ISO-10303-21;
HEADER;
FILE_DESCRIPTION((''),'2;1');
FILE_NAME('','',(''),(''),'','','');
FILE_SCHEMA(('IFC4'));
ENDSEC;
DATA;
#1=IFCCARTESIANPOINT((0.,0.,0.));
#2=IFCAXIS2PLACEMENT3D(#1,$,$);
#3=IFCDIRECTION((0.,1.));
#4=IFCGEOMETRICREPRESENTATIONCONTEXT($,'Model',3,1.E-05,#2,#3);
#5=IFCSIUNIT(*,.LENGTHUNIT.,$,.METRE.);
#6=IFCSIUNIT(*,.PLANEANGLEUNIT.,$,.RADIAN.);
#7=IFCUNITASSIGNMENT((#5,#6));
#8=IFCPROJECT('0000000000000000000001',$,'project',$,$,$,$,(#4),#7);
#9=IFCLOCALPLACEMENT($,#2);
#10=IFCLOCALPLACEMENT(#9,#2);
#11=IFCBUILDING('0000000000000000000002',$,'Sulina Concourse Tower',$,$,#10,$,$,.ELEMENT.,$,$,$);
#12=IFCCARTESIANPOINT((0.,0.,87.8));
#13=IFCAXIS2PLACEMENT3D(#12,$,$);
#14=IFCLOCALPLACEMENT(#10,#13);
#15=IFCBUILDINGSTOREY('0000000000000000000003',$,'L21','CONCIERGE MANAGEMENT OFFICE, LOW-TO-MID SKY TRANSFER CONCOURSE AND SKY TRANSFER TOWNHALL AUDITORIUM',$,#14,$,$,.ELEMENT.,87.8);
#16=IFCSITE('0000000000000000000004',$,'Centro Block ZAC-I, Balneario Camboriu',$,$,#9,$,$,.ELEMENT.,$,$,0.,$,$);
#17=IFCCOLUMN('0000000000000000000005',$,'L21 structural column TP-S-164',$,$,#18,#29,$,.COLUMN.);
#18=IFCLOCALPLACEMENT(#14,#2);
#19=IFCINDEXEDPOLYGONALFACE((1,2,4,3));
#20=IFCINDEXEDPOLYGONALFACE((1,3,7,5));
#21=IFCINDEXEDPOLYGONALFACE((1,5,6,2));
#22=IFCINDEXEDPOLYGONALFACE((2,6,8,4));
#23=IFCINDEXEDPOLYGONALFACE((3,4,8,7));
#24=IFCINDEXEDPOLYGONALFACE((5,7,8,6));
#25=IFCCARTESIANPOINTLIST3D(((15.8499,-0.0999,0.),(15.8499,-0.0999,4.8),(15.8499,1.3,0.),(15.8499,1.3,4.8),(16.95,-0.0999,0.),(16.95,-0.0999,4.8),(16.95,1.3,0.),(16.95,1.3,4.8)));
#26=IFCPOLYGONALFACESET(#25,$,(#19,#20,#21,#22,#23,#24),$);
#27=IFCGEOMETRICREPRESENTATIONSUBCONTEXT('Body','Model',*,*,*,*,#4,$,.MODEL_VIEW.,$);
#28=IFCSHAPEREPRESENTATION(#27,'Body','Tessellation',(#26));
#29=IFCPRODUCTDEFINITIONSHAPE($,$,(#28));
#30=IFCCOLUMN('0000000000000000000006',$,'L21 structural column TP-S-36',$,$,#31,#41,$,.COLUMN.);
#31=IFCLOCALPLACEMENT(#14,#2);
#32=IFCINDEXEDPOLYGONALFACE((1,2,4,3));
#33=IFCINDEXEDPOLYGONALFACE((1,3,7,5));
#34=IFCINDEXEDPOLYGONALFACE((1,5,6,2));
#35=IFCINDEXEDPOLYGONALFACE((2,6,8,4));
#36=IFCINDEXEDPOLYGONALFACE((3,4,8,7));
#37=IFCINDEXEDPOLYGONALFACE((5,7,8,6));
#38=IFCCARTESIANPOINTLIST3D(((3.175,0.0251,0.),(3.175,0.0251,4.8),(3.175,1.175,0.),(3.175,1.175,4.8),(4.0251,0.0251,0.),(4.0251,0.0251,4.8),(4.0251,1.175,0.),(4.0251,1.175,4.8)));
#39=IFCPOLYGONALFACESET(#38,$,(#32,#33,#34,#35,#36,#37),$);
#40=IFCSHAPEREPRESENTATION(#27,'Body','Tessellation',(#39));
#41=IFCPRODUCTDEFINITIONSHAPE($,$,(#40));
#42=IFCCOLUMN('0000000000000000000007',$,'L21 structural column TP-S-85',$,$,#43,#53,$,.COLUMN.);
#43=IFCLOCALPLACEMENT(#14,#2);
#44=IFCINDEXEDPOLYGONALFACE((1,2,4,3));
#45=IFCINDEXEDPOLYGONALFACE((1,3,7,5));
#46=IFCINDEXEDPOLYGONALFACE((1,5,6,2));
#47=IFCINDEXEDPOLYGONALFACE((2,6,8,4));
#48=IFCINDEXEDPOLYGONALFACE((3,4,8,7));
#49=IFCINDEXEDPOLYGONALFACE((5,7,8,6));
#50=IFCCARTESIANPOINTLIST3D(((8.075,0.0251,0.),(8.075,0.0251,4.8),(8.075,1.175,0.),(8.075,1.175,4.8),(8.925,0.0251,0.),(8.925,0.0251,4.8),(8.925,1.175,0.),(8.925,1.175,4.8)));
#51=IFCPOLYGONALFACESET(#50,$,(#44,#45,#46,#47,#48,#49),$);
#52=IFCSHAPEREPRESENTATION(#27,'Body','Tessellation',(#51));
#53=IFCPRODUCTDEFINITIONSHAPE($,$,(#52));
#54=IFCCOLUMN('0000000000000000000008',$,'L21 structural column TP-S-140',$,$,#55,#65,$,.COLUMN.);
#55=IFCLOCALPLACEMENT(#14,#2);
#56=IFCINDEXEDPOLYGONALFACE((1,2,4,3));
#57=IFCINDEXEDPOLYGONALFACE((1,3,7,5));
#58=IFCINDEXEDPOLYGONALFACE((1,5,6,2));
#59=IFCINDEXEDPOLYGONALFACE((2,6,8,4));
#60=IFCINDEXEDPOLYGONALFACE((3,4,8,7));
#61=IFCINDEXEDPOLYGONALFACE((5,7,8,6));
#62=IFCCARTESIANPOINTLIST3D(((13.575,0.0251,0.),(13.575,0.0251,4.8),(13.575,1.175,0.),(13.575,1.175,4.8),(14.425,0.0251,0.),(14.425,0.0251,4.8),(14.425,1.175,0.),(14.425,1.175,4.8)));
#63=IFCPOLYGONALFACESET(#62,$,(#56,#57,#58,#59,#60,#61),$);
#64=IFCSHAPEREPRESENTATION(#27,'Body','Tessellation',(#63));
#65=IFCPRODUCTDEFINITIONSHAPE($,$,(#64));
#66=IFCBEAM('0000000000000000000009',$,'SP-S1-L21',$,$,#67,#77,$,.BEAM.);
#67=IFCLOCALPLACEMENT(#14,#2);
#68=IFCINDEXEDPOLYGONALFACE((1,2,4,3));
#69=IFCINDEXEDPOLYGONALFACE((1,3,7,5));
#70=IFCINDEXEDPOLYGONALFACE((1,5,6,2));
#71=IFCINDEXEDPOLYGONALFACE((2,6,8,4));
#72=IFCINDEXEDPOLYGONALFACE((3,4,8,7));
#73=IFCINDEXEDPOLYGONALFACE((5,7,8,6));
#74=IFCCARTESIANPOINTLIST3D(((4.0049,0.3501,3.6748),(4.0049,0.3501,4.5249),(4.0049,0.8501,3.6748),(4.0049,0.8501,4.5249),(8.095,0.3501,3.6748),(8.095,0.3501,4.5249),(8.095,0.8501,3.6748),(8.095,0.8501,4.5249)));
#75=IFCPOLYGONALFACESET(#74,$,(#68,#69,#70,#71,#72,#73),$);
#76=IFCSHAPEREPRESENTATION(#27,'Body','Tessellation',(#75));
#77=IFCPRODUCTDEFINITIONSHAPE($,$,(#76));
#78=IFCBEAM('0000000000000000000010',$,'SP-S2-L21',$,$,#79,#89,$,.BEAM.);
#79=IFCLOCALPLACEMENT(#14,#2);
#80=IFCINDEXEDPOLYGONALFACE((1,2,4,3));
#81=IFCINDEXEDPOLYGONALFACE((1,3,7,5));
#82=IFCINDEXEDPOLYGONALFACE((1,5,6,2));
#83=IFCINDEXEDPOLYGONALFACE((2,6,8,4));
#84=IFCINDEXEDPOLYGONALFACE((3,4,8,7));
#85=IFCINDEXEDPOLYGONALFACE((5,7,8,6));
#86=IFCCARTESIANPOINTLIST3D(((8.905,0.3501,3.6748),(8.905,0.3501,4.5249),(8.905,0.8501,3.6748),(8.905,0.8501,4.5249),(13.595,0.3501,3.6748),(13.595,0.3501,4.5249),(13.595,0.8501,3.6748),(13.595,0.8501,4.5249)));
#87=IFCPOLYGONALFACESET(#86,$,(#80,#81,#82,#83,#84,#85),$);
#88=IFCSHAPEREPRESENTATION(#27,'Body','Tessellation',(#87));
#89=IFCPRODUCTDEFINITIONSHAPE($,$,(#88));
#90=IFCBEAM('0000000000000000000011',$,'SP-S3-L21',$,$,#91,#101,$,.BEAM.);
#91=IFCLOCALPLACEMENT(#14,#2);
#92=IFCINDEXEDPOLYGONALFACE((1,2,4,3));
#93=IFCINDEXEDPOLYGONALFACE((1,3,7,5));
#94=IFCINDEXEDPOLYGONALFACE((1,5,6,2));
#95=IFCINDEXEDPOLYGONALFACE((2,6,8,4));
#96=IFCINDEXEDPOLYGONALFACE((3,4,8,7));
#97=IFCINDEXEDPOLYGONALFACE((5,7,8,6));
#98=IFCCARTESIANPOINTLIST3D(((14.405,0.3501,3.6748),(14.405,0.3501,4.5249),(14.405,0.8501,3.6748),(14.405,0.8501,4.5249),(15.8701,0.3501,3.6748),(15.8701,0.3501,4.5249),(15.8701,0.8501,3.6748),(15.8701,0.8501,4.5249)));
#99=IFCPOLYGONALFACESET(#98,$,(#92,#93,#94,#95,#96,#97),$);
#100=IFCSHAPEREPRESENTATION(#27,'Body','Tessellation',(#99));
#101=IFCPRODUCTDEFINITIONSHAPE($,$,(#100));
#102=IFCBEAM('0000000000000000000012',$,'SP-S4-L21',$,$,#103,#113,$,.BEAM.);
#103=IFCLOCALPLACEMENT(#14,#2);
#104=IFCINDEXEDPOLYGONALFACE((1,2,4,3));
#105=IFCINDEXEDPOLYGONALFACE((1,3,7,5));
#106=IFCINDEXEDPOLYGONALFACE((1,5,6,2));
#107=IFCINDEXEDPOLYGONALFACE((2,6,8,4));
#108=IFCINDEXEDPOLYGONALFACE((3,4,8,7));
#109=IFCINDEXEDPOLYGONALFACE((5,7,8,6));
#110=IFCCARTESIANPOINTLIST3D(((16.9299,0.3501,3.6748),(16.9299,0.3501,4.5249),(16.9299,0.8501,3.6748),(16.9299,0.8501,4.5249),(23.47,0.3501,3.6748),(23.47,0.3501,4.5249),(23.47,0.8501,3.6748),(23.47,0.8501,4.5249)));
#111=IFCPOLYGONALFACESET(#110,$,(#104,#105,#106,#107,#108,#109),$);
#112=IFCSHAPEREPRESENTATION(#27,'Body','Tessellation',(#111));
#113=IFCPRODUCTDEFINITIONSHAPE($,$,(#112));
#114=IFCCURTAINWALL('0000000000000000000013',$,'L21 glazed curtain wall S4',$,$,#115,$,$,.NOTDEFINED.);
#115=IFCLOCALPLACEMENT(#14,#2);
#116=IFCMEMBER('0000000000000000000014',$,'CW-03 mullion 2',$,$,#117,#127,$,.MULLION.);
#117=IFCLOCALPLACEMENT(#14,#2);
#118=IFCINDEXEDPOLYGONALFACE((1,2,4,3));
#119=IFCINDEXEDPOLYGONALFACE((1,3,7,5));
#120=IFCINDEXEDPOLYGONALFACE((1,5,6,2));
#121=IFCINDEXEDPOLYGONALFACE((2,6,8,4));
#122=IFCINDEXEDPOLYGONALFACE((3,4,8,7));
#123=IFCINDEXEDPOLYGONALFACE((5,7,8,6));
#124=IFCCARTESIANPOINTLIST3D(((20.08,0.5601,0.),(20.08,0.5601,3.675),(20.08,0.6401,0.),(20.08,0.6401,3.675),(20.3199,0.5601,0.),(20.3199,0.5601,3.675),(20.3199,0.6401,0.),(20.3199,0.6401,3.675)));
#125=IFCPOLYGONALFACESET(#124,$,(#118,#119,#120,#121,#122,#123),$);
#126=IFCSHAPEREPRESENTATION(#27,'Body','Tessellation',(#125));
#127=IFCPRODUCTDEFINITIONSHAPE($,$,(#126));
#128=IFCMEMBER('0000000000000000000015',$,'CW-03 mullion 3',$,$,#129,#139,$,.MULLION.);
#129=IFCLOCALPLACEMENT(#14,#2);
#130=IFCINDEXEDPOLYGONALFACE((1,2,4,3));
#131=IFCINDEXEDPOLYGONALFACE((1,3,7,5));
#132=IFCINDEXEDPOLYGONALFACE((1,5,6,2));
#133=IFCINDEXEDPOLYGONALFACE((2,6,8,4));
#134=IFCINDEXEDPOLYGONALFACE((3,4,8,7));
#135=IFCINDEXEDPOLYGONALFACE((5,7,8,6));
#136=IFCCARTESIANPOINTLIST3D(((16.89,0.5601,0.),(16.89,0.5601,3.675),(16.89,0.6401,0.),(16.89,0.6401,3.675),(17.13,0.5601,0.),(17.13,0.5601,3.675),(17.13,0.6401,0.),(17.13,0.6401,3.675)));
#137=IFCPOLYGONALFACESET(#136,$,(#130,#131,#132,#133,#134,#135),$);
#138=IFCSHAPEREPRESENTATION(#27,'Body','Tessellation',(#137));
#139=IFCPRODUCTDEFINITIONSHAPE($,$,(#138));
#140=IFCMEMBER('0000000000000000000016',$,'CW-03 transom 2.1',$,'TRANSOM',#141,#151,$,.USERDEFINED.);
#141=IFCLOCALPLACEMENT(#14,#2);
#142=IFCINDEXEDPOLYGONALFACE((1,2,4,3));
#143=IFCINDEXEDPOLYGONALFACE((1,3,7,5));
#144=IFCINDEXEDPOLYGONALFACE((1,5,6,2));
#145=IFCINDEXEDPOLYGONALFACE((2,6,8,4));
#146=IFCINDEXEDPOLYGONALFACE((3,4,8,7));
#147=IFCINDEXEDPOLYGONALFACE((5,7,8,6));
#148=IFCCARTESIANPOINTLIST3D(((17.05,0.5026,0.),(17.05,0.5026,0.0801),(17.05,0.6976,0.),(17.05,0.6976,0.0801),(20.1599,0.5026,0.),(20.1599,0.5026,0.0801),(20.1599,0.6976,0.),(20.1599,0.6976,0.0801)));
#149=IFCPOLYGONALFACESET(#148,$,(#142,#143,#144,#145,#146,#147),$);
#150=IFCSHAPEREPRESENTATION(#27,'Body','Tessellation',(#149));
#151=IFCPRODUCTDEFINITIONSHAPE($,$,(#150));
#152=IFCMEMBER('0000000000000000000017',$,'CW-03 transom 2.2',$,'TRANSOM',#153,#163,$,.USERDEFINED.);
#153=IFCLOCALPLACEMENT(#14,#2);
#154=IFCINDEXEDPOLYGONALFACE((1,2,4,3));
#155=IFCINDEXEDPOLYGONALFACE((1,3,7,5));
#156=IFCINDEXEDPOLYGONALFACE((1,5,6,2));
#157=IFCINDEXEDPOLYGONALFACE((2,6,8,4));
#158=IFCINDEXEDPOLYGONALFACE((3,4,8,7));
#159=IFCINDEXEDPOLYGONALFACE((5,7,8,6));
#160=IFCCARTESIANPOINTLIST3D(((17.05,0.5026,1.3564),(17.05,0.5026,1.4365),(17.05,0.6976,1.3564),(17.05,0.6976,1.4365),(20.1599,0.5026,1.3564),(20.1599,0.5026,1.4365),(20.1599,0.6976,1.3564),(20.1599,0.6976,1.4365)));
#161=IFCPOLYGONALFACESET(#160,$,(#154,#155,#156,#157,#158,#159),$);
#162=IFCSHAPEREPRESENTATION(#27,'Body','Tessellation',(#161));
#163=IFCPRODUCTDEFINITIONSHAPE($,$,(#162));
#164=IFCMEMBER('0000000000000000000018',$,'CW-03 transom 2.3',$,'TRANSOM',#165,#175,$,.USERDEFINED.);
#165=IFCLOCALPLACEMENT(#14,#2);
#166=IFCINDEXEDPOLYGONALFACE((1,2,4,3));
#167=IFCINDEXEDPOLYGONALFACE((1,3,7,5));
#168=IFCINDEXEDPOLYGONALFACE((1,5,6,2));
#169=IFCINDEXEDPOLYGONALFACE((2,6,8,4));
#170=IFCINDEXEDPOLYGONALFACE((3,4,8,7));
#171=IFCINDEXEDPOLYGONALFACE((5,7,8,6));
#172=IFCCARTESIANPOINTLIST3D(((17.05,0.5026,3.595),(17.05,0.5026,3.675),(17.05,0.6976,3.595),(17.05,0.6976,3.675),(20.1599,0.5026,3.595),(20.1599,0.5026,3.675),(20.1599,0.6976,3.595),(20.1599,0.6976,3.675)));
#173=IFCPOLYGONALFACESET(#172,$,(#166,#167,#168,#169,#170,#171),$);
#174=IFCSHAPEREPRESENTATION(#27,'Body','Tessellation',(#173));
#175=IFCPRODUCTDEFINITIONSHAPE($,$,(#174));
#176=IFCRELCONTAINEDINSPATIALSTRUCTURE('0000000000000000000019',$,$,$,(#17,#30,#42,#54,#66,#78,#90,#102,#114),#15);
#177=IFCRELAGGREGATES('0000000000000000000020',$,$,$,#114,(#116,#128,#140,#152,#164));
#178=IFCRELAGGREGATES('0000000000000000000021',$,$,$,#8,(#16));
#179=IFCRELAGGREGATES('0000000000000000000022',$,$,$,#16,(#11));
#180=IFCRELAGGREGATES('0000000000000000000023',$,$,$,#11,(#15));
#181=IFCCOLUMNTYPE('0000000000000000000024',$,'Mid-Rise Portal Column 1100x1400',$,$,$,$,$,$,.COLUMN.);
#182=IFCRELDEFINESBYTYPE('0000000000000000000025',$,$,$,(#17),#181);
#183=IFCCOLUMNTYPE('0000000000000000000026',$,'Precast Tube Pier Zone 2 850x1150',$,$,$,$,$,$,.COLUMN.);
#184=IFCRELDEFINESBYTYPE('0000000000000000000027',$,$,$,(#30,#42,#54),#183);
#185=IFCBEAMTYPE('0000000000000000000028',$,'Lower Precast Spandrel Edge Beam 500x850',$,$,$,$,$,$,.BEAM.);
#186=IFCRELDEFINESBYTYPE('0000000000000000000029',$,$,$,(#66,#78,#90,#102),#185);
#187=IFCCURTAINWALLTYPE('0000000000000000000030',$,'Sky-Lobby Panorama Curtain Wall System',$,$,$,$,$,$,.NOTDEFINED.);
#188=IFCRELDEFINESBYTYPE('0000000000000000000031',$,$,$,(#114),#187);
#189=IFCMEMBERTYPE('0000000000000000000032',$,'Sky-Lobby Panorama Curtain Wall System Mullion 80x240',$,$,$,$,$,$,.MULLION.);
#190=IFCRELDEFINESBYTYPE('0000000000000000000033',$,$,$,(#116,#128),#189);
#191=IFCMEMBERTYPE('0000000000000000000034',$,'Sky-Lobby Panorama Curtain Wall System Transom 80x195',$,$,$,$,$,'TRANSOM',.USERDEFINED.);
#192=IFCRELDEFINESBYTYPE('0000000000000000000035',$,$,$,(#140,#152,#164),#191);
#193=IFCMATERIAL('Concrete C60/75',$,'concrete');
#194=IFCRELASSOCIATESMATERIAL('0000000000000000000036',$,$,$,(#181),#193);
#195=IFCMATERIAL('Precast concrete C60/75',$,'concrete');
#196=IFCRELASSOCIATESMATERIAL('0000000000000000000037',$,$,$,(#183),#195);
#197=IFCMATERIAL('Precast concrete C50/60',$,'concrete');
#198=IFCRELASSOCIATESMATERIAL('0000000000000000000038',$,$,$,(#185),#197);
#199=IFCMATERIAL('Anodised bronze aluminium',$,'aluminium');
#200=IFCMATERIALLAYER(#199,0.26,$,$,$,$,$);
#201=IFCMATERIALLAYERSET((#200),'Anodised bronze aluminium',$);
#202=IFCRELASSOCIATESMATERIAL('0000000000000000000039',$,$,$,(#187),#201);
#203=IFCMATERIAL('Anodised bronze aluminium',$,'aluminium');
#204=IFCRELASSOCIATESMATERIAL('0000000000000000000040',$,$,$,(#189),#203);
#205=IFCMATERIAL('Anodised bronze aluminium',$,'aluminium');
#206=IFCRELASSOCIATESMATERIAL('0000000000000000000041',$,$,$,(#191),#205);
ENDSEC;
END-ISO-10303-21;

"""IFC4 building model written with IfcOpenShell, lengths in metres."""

from ifc_helpers import new_model, si_unit, direction, frame, origin, origin_2d, place, context, subcontext, project, spatial, rectangle, extrude, material, layer, layer_set, material_profile, profile_set, type_object, element, aggregate, save


model = new_model("IFC4")

# Units and contexts
model_context = context("Model", 3, precision=1e-05, world=origin(), true_north=direction((0.0, 1.0)))
body_context = subcontext(model_context, "Body", "Model", "MODEL_VIEW")
ifc_project = project(units=[si_unit("LENGTHUNIT", "METRE"), si_unit("PLANEANGLEUNIT", "RADIAN")], contexts=[model_context])

# Site, building, storey
site_placement = place(None, origin())
site = spatial("IfcSite", under=ifc_project, at=site_placement, Name="Centro Block ZAC-I, Balneario Camboriu", CompositionType="ELEMENT", RefElevation=0.0)
building_placement = place(site_placement, origin())
building = spatial("IfcBuilding", under=site, at=building_placement, Name="Sulina Concourse Tower", CompositionType="ELEMENT")
storey_placement = place(building_placement, frame((0.0, 0.0, 87.8)))
storey = spatial("IfcBuildingStorey", under=building, at=storey_placement, Name="L21", Description="CONCIERGE MANAGEMENT OFFICE, LOW-TO-MID SKY TRANSFER CONCOURSE AND SKY TRANSFER TOWNHALL AUDITORIUM", CompositionType="ELEMENT", Elevation=87.8)

# Columns
ifc_material_1 = material(Name="Concrete C60/75", Category="concrete")
ifc_material_profile_1 = material_profile(ifc_material_1, rectangle(XDim=1.1001, YDim=1.3999, at=origin_2d()), Name="RC 1100x1400")
ifc_profile_set_1 = profile_set([ifc_material_profile_1], Name="Concrete C60/75")
column_type_1 = type_object("IfcColumnType", Name="Mid-Rise Portal Column 1100x1400", PredefinedType="COLUMN", material=ifc_profile_set_1)
column_placement = place(storey_placement, frame((16.3999, 0.6001, 0.0), z_axis=(0.0, 0.0, 1.0), x_axis=(1.0, 0.0, 0.0)))
element("IfcColumn", 1, at=column_placement, inside=storey, type_object=column_type_1, Name="L21 structural column TP-S-164", PredefinedType="COLUMN", context=body_context, shape_type="SweptSolid", body=[
    extrude(rectangle(XDim=1.1001, YDim=1.3999, at=origin_2d()), origin(), (0.0, 0.0, 1.0), 4.8),
])
ifc_material_2 = material(Name="Precast concrete C60/75", Category="concrete")
ifc_material_profile_2 = material_profile(ifc_material_2, rectangle(XDim=0.8501, YDim=1.1499, at=origin_2d()), Name="PC 850x1150")
ifc_profile_set_2 = profile_set([ifc_material_profile_2], Name="Precast concrete C60/75")
column_type_2 = type_object("IfcColumnType", Name="Precast Tube Pier Zone 2 850x1150", PredefinedType="COLUMN", material=ifc_profile_set_2)
for number, where, z_axis, x_axis, name in (
    (2, (3.6001, 0.6001, 0.0), (0.0, 0.0, 1.0), (1.0, 0.0, 0.0), "L21 structural column TP-S-36"),
    (3, (8.5, 0.6001, 0.0), (0.0, 0.0, 1.0), (1.0, 0.0, 0.0), "L21 structural column TP-S-85"),
    (4, (14.0, 0.6001, 0.0), (0.0, 0.0, 1.0), (1.0, 0.0, 0.0), "L21 structural column TP-S-140"),
):
    element("IfcColumn", number, at=place(storey_placement, frame(where, z_axis=z_axis, x_axis=x_axis)), inside=storey, type_object=column_type_2, Name=name, PredefinedType="COLUMN", context=body_context, shape_type="SweptSolid", body=[
        extrude(rectangle(XDim=0.8501, YDim=1.1499, at=origin_2d()), origin(), (0.0, 0.0, 1.0), 4.8),
    ])

# Beams
ifc_material_3 = material(Name="Precast concrete C50/60", Category="concrete")
ifc_material_profile_3 = material_profile(ifc_material_3, rectangle(XDim=0.5, YDim=0.8501, at=origin_2d()), Name="RC 500x850")
ifc_profile_set_3 = profile_set([ifc_material_profile_3], Name="Precast concrete C50/60")
beam_type = type_object("IfcBeamType", Name="Lower Precast Spandrel Edge Beam 500x850", PredefinedType="BEAM", material=ifc_profile_set_3)
beam_1_placement = place(storey_placement, frame((4.0049, 0.6001, 4.0999), z_axis=(1.0, 0.0, 0.0), x_axis=(0.0, 1.0, 0.0)))
element("IfcBeam", 5, at=beam_1_placement, inside=storey, type_object=beam_type, Name="SP-S1-L21", PredefinedType="BEAM", context=body_context, shape_type="SweptSolid", body=[
    extrude(rectangle(XDim=0.5, YDim=0.8501, at=origin_2d()), origin(), (0.0, 0.0, 1.0), 4.0901),
])
beam_2_placement = place(storey_placement, frame((8.905, 0.6001, 4.0999), z_axis=(1.0, 0.0, 0.0), x_axis=(0.0, 1.0, 0.0)))
element("IfcBeam", 6, at=beam_2_placement, inside=storey, type_object=beam_type, Name="SP-S2-L21", PredefinedType="BEAM", context=body_context, shape_type="SweptSolid", body=[
    extrude(rectangle(XDim=0.5, YDim=0.8501, at=origin_2d()), origin(), (0.0, 0.0, 1.0), 4.6899),
])
beam_3_placement = place(storey_placement, frame((14.405, 0.6001, 4.0999), z_axis=(1.0, 0.0, 0.0), x_axis=(0.0, 1.0, 0.0)))
element("IfcBeam", 7, at=beam_3_placement, inside=storey, type_object=beam_type, Name="SP-S3-L21", PredefinedType="BEAM", context=body_context, shape_type="SweptSolid", body=[
    extrude(rectangle(XDim=0.5, YDim=0.8501, at=origin_2d()), origin(), (0.0, 0.0, 1.0), 1.4651),
])
beam_4_placement = place(storey_placement, frame((16.9299, 0.6001, 4.0999), z_axis=(1.0, 0.0, 0.0), x_axis=(0.0, 1.0, 0.0)))
element("IfcBeam", 8, at=beam_4_placement, inside=storey, type_object=beam_type, Name="SP-S4-L21", PredefinedType="BEAM", context=body_context, shape_type="SweptSolid", body=[
    extrude(rectangle(XDim=0.5, YDim=0.8501, at=origin_2d()), origin(), (0.0, 0.0, 1.0), 6.54),
])

# Curtain wall, members
ifc_material_4 = material(Name="Anodised bronze aluminium", Category="aluminium")
ifc_layer_1 = layer(ifc_material_4, 0.26)
ifc_layer_set_1 = layer_set([ifc_layer_1], Name="Anodised bronze aluminium")
curtain_wall_type = type_object("IfcCurtainWallType", Name="Sky-Lobby Panorama Curtain Wall System", PredefinedType="NOTDEFINED", material=ifc_layer_set_1)
curtain_wall_placement = place(storey_placement, origin())
curtain_wall = element("IfcCurtainWall", 9, at=curtain_wall_placement, inside=storey, type_object=curtain_wall_type, Name="L21 glazed curtain wall S4", PredefinedType="NOTDEFINED")
ifc_material_5 = material(Name="Anodised bronze aluminium", Category="aluminium")
ifc_material_profile_4 = material_profile(ifc_material_5, rectangle(XDim=0.0801, YDim=0.24, at=origin_2d()), Name="MUL 80x240")
ifc_profile_set_4 = profile_set([ifc_material_profile_4], Name="Anodised bronze aluminium")
member_type_1 = type_object("IfcMemberType", Name="Sky-Lobby Panorama Curtain Wall System Mullion 80x240", PredefinedType="MULLION", material=ifc_profile_set_4)
member_1_placement = place(storey_placement, frame((20.2, 0.6001, 0.0), z_axis=(0.0, 0.0, 1.0), x_axis=(0.0, -1.0, 0.0)))
member_1 = element("IfcMember", 10, at=member_1_placement, type_object=member_type_1, Name="CW-03 mullion 2", PredefinedType="MULLION", context=body_context, shape_type="SweptSolid", body=[
    extrude(rectangle(XDim=0.0801, YDim=0.24, at=origin_2d()), origin(), (0.0, 0.0, 1.0), 3.675),
])
member_2_placement = place(storey_placement, frame((17.01, 0.6001, 0.0), z_axis=(0.0, 0.0, 1.0), x_axis=(0.0, -1.0, 0.0)))
member_2 = element("IfcMember", 11, at=member_2_placement, type_object=member_type_1, Name="CW-03 mullion 3", PredefinedType="MULLION", context=body_context, shape_type="SweptSolid", body=[
    extrude(rectangle(XDim=0.0801, YDim=0.24, at=origin_2d()), origin(), (0.0, 0.0, 1.0), 3.675),
])
ifc_material_6 = material(Name="Anodised bronze aluminium", Category="aluminium")
ifc_material_profile_5 = material_profile(ifc_material_6, rectangle(XDim=0.1951, YDim=0.0801, at=origin_2d()), Name="TRN 80x195")
ifc_profile_set_5 = profile_set([ifc_material_profile_5], Name="Anodised bronze aluminium")
member_type_2 = type_object("IfcMemberType", Name="Sky-Lobby Panorama Curtain Wall System Transom 80x195", ElementType="TRANSOM", PredefinedType="USERDEFINED", material=ifc_profile_set_5)
member_3_placement = place(storey_placement, frame((20.1599, 0.6001, 0.04), z_axis=(-1.0, 0.0, 0.0), x_axis=(0.0, -1.0, 0.0)))
member_3 = element("IfcMember", 12, at=member_3_placement, type_object=member_type_2, Name="CW-03 transom 2.1", ObjectType="TRANSOM", PredefinedType="USERDEFINED", context=body_context, shape_type="SweptSolid", body=[
    extrude(rectangle(XDim=0.1951, YDim=0.0801, at=origin_2d()), origin(), (0.0, 0.0, 1.0), 3.1099),
])
member_4_placement = place(storey_placement, frame((20.1599, 0.6001, 1.3965), z_axis=(-1.0, 0.0, 0.0), x_axis=(0.0, -1.0, 0.0)))
member_4 = element("IfcMember", 13, at=member_4_placement, type_object=member_type_2, Name="CW-03 transom 2.2", ObjectType="TRANSOM", PredefinedType="USERDEFINED", context=body_context, shape_type="SweptSolid", body=[
    extrude(rectangle(XDim=0.1951, YDim=0.0801, at=origin_2d()), origin(), (0.0, 0.0, 1.0), 3.1099),
])
member_5_placement = place(storey_placement, frame((20.1599, 0.6001, 3.635), z_axis=(-1.0, 0.0, 0.0), x_axis=(0.0, -1.0, 0.0)))
member_5 = element("IfcMember", 14, at=member_5_placement, type_object=member_type_2, Name="CW-03 transom 2.3", ObjectType="TRANSOM", PredefinedType="USERDEFINED", context=body_context, shape_type="SweptSolid", body=[
    extrude(rectangle(XDim=0.1951, YDim=0.0801, at=origin_2d()), origin(), (0.0, 0.0, 1.0), 3.1099),
])

aggregate(curtain_wall, [member_1, member_2, member_3, member_4, member_5])

save(model, "model.ifc")
